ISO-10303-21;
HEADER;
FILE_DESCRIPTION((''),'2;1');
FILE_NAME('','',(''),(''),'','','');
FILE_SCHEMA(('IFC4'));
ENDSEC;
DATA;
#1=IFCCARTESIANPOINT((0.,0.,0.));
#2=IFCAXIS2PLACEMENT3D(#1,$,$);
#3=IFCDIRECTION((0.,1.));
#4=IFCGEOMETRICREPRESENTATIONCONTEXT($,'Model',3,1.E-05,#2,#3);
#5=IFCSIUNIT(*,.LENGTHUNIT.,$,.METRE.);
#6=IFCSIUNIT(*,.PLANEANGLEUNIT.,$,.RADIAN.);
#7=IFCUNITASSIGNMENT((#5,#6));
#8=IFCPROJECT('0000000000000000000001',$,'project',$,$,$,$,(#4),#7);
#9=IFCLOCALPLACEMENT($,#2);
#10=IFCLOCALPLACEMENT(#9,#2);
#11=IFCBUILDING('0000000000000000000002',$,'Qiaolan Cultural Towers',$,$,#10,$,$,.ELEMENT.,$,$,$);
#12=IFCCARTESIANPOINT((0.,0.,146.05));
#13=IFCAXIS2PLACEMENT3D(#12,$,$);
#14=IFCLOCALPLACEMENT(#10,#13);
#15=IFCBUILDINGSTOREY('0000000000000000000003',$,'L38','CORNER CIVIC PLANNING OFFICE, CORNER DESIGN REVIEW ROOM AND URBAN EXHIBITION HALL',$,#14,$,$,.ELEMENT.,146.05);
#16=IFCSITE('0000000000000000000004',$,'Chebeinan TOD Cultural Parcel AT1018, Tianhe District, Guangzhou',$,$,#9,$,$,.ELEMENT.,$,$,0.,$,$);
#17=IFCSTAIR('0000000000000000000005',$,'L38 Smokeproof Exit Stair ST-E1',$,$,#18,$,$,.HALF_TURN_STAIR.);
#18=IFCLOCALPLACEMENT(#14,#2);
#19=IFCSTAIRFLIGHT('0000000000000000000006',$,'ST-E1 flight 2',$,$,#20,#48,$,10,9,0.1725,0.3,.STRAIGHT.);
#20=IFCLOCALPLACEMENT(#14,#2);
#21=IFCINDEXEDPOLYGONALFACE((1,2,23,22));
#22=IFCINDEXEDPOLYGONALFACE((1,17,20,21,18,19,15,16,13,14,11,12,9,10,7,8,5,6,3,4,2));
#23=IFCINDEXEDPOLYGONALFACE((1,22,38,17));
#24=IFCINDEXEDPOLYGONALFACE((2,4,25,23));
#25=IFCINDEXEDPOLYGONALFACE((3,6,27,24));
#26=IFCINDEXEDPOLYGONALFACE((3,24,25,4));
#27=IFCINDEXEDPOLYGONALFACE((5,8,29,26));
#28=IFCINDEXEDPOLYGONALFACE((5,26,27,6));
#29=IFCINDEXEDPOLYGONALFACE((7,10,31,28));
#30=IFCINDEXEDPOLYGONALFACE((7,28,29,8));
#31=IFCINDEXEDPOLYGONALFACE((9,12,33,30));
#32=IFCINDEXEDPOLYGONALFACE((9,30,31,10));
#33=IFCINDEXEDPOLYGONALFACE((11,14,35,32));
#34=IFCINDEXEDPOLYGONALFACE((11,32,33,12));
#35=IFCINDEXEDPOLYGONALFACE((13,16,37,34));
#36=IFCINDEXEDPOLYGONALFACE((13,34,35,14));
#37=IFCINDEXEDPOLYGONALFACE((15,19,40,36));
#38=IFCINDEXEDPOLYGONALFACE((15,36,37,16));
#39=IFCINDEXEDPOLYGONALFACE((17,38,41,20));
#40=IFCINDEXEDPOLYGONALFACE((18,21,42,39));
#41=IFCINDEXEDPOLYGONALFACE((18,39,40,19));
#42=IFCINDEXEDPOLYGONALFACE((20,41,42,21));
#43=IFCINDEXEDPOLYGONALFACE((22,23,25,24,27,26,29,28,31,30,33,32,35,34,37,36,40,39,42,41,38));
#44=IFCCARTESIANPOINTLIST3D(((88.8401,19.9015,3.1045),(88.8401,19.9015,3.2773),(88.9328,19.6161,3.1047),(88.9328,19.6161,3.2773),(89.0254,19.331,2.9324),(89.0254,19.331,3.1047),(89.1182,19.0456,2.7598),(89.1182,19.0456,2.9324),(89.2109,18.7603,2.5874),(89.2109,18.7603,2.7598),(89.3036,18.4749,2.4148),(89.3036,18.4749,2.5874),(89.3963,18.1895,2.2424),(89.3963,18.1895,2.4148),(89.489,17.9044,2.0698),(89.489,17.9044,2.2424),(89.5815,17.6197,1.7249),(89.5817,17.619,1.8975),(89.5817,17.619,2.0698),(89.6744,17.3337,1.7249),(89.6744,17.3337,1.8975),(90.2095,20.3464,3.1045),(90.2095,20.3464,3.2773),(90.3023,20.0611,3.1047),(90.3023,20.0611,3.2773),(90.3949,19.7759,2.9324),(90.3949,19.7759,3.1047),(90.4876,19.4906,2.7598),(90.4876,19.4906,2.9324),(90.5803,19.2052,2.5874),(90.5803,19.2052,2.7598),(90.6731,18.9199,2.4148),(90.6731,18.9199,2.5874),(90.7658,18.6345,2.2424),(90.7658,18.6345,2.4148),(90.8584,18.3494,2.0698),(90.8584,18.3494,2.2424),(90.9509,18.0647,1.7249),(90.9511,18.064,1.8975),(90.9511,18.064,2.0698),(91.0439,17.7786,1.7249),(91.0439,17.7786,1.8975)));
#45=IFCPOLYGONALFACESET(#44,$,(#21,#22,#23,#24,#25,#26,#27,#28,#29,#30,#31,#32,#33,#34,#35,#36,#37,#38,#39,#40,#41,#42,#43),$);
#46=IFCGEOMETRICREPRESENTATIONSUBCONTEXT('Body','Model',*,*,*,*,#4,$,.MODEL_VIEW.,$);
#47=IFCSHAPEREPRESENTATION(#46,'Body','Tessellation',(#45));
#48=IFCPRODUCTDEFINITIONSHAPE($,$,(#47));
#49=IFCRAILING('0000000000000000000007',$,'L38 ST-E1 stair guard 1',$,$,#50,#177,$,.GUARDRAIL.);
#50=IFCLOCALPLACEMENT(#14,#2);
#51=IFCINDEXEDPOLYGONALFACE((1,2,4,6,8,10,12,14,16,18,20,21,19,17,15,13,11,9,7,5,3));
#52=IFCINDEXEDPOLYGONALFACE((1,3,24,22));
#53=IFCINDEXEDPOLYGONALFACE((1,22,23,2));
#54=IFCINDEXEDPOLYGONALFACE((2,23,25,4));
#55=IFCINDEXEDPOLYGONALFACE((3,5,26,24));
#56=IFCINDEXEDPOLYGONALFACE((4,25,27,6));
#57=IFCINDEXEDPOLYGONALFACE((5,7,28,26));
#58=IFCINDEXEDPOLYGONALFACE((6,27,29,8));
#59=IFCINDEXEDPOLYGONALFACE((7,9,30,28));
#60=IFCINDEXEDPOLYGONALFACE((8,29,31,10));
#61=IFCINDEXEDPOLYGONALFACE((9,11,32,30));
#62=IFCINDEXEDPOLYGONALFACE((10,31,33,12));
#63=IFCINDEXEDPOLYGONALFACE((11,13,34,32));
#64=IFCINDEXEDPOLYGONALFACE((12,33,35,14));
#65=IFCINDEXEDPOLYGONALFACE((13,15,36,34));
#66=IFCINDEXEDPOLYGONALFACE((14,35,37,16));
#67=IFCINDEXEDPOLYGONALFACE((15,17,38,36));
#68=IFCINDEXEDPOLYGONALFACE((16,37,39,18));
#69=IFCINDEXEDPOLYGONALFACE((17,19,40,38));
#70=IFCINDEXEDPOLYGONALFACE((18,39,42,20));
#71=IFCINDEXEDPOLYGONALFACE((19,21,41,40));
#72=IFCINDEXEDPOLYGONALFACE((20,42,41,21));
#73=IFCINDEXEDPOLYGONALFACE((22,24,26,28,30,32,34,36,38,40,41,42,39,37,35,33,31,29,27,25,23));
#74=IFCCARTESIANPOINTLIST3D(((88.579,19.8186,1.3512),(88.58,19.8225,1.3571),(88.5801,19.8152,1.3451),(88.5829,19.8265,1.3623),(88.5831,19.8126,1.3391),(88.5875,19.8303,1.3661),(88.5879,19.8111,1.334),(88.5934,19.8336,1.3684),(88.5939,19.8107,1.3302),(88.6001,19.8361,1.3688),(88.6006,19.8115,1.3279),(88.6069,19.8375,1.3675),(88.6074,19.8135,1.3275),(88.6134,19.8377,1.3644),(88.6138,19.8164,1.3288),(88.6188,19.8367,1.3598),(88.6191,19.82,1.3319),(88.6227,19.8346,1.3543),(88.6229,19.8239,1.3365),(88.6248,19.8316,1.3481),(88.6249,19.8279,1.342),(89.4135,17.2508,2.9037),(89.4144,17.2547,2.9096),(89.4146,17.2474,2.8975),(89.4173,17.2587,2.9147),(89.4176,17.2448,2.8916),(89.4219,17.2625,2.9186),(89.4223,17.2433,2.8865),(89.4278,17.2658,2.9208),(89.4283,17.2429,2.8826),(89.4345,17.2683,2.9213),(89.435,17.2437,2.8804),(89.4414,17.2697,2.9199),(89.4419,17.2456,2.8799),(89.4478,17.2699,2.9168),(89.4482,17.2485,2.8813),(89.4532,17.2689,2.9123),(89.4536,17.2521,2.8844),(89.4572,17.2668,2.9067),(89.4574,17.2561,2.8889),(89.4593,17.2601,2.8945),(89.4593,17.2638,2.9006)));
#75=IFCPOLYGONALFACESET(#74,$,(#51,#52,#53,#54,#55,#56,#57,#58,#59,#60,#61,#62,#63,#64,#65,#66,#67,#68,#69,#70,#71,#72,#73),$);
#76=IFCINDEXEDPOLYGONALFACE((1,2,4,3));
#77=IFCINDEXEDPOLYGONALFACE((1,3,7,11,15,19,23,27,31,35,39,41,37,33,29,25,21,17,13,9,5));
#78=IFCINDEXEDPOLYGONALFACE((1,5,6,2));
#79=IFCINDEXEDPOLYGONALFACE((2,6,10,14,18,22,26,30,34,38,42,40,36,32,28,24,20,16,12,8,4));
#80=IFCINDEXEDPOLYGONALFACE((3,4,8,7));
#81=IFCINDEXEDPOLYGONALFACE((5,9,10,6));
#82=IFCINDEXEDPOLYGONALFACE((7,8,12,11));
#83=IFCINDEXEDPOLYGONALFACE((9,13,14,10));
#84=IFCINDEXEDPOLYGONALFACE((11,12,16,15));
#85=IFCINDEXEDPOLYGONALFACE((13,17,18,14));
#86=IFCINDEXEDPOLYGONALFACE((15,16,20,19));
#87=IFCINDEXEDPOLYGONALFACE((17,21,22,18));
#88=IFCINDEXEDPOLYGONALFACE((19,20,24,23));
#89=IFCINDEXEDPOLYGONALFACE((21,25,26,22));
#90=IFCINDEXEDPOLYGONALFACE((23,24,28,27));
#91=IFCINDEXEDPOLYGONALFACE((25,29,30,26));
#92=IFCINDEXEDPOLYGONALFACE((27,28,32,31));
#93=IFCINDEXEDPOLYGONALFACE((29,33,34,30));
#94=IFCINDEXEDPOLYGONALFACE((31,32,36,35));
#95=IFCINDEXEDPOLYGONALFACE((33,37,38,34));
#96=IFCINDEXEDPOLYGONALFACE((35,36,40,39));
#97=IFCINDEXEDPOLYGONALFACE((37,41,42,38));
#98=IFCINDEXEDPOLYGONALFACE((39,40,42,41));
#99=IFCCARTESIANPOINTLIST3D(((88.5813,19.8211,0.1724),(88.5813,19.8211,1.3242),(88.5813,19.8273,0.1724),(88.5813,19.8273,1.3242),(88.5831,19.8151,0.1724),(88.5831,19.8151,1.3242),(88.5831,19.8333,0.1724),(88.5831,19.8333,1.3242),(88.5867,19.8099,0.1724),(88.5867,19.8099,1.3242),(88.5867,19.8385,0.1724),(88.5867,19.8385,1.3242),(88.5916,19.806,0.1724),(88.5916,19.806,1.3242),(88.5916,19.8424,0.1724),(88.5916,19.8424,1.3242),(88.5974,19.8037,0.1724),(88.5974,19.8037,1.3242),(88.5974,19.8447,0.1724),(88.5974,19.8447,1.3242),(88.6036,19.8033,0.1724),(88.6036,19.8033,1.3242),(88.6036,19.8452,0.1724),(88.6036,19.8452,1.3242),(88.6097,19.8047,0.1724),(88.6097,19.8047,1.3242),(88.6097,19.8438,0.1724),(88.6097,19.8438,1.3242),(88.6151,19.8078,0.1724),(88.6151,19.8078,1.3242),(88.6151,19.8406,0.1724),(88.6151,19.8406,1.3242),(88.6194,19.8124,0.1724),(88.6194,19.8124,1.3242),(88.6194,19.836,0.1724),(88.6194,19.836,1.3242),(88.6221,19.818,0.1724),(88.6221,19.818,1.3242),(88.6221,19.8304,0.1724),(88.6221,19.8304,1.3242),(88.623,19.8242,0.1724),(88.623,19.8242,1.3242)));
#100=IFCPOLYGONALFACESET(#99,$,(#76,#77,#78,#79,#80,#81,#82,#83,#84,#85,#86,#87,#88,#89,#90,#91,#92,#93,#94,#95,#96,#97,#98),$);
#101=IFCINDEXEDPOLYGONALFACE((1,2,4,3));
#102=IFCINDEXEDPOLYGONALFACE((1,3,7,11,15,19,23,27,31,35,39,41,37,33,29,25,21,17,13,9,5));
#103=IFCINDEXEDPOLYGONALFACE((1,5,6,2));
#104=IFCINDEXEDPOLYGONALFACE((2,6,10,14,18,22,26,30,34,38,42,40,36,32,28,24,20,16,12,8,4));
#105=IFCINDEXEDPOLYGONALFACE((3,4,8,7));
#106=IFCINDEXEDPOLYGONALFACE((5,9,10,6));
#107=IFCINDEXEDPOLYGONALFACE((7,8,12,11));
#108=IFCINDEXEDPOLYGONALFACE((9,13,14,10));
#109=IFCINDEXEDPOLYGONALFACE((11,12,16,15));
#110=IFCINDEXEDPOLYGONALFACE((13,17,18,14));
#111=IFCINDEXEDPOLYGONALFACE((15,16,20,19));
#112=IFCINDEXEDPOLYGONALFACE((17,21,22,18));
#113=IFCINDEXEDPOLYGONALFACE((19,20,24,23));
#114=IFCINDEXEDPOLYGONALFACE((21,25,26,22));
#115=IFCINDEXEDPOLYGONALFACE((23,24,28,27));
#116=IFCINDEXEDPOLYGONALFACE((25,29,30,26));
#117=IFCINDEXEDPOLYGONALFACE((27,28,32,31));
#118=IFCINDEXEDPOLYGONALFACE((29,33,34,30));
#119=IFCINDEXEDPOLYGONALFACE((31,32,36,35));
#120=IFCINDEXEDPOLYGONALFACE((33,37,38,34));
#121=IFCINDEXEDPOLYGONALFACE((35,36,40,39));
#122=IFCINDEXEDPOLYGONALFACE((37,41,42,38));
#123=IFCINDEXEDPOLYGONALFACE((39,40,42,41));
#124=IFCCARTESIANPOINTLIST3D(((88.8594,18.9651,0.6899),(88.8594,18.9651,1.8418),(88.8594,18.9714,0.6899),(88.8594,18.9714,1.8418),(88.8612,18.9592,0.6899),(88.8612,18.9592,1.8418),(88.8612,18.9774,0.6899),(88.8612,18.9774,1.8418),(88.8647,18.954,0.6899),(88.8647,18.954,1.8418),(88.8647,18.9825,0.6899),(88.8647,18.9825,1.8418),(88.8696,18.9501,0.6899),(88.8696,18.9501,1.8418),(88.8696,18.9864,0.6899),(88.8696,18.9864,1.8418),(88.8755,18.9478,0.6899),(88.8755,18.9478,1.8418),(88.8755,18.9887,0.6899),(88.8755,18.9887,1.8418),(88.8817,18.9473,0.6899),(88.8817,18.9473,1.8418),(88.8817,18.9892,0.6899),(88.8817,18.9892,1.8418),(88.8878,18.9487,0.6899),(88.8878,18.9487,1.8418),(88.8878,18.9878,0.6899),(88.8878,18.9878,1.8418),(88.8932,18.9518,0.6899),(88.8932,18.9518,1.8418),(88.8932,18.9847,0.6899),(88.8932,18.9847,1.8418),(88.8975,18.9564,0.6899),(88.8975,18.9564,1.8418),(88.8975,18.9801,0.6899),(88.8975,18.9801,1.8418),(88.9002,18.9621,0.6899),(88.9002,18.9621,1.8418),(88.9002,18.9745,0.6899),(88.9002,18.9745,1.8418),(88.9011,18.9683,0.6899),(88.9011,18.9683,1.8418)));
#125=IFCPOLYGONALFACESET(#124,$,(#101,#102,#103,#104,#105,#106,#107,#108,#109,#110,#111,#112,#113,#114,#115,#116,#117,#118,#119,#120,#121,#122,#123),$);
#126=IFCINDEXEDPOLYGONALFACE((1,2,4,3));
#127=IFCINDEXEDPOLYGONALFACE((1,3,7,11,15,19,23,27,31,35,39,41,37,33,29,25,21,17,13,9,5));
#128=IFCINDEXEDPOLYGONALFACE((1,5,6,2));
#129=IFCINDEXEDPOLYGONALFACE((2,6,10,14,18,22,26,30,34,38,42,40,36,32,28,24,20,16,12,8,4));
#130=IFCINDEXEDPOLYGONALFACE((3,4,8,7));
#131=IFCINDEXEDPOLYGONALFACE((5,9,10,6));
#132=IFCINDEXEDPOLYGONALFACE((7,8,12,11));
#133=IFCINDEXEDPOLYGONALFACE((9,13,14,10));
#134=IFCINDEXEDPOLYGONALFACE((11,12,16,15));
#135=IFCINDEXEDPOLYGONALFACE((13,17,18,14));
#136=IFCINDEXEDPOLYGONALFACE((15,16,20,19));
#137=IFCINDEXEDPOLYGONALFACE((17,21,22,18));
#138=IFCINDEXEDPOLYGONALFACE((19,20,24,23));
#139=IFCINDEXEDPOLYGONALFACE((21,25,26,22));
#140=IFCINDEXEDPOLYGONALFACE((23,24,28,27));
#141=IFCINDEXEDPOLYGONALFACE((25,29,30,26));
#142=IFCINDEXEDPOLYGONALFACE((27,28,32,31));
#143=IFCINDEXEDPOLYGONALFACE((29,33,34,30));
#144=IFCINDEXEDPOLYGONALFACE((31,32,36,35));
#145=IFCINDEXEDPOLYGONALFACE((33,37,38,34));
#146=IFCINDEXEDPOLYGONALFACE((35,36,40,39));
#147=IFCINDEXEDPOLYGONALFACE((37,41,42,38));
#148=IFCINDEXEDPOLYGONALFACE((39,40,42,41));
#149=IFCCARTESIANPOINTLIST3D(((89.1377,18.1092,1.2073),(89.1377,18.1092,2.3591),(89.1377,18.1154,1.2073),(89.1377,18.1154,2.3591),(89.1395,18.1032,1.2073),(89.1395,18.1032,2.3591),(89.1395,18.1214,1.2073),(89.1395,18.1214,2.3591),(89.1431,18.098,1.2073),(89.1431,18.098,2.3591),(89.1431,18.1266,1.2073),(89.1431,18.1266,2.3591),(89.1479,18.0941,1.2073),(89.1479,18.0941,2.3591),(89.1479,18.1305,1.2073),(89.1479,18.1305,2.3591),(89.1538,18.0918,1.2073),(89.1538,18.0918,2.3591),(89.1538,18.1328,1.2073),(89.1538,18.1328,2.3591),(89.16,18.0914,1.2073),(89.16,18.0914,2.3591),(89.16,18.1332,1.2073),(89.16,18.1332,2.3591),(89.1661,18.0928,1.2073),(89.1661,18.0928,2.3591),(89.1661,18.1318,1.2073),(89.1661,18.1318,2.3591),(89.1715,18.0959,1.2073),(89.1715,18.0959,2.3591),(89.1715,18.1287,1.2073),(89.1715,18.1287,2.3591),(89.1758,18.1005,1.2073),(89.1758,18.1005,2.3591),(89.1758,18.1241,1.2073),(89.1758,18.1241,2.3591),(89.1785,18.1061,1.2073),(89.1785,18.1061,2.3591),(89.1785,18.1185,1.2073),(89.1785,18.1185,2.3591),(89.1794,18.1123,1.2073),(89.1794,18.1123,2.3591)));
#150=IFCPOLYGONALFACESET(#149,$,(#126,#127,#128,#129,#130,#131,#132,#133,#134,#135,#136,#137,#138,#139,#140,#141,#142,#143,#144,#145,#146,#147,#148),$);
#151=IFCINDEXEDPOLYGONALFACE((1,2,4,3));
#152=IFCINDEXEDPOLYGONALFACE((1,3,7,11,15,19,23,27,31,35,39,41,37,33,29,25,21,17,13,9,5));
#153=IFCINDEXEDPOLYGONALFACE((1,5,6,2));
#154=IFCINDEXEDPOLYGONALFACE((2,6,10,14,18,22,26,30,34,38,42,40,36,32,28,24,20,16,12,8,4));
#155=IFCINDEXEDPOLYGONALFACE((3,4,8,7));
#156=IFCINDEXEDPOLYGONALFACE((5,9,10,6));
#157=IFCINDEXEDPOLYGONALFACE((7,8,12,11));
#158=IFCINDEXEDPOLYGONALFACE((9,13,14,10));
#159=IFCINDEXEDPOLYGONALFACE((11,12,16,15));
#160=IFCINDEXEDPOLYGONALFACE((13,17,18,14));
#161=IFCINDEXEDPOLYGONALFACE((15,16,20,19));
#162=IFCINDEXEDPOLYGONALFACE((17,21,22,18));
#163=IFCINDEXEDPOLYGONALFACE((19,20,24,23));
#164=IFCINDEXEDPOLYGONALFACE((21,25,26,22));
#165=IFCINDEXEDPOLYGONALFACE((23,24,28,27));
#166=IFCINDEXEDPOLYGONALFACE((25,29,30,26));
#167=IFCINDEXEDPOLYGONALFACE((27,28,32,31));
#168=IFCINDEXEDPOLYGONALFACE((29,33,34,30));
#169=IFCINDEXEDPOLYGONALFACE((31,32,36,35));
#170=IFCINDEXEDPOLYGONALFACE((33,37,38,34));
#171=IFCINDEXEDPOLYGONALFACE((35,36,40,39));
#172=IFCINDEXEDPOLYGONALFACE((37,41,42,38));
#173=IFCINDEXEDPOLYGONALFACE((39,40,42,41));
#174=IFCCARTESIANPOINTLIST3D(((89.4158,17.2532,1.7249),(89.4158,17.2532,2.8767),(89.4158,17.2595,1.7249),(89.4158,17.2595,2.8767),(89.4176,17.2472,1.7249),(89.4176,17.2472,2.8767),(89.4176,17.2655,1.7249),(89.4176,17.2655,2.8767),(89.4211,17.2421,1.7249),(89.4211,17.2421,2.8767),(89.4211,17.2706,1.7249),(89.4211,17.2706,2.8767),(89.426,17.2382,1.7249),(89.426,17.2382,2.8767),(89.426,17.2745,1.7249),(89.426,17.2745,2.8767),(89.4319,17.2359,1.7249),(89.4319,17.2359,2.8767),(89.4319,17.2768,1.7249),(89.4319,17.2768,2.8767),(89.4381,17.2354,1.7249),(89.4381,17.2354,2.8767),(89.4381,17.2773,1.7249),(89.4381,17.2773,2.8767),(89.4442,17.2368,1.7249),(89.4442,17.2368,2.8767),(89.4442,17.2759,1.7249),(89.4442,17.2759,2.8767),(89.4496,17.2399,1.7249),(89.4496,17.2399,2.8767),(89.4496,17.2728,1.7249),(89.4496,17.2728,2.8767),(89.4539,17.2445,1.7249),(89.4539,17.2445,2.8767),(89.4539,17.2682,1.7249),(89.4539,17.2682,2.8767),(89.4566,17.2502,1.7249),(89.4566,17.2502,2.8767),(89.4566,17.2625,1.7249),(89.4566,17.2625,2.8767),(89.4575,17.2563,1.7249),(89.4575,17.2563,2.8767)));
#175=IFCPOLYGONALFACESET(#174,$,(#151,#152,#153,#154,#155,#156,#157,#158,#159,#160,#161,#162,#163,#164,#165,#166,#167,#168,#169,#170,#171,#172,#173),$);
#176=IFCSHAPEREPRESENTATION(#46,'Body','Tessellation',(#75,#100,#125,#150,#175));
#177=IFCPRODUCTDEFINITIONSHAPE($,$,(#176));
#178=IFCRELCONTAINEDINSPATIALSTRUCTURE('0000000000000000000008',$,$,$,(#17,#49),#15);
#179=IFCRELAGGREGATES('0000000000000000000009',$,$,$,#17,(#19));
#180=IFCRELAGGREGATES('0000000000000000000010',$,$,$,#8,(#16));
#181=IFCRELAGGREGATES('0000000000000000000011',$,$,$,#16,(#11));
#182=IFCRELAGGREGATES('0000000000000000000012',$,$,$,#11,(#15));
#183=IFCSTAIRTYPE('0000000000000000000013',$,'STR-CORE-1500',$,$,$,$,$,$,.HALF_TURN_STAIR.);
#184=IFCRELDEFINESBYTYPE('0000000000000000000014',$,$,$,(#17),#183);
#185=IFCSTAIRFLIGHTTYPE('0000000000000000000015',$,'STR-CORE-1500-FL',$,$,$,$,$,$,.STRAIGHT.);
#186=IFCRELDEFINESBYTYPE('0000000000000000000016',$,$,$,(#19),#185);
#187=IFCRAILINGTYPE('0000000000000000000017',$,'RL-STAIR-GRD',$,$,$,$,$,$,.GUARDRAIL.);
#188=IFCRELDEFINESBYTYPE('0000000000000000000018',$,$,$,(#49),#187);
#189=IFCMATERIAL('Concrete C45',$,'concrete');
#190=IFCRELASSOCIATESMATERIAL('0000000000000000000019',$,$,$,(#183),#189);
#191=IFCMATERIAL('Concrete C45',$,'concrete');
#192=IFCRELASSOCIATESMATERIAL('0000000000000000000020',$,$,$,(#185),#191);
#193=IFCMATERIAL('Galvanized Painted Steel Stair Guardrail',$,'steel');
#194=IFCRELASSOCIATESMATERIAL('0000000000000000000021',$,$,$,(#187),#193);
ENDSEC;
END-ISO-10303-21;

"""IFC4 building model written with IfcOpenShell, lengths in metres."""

from ifc_helpers import new_model, si_unit, direction, frame, origin, origin_2d, place, context, subcontext, project, spatial, polyline, circle, outline, extrude, material, type_object, element, aggregate, save


model = new_model("IFC4")

# Units and contexts
model_context = context("Model", 3, precision=1e-05, world=origin(), true_north=direction((0.0, 1.0)))
body_context = subcontext(model_context, "Body", "Model", "MODEL_VIEW")
ifc_project = project(units=[si_unit("LENGTHUNIT", "METRE"), si_unit("PLANEANGLEUNIT", "RADIAN")], contexts=[model_context])

# Site, building, storey
site_placement = place(None, origin())
site = spatial("IfcSite", under=ifc_project, at=site_placement, Name="Chebeinan TOD Cultural Parcel AT1018, Tianhe District, Guangzhou", CompositionType="ELEMENT", RefElevation=0.0)
building_placement = place(site_placement, origin())
building = spatial("IfcBuilding", under=site, at=building_placement, Name="Qiaolan Cultural Towers", CompositionType="ELEMENT")
storey_placement = place(building_placement, frame((0.0, 0.0, 146.05)))
storey = spatial("IfcBuildingStorey", under=building, at=storey_placement, Name="L38", Description="CORNER CIVIC PLANNING OFFICE, CORNER DESIGN REVIEW ROOM AND URBAN EXHIBITION HALL", CompositionType="ELEMENT", Elevation=146.05)

# Stair, stair flight
ifc_material_1 = material(Name="Concrete C45", Category="concrete")
stair_type = type_object("IfcStairType", Name="STR-CORE-1500", PredefinedType="HALF_TURN_STAIR", material=ifc_material_1)
stair_placement = place(storey_placement, origin())
stair = element("IfcStair", 1, at=stair_placement, inside=storey, type_object=stair_type, Name="L38 Smokeproof Exit Stair ST-E1", PredefinedType="HALF_TURN_STAIR")
ifc_material_2 = material(Name="Concrete C45", Category="concrete")
stair_flight_type = type_object("IfcStairFlightType", Name="STR-CORE-1500-FL", PredefinedType="STRAIGHT", material=ifc_material_2)
stair_flight_1_placement = place(storey_placement, frame((90.3591, 17.5562, 1.7249), z_axis=(0.0, 0.0, 1.0), x_axis=(-0.309017, 0.951057, 0.0)))
stair_flight_1 = element("IfcStairFlight", 2, at=stair_flight_1_placement, type_object=stair_flight_type, Name="ST-E1 flight 2", NumberOfRisers=10, NumberOfTreads=9, PredefinedType="STRAIGHT", RiserHeight=0.1725, TreadLength=0.3, context=body_context, shape_type="SweptSolid", body=[
    extrude(outline(polyline([(0.0, 0.0), (0.0, 0.1726), (0.3, 0.1726), (0.3, 0.345), (0.6001, 0.345), (0.6001, 0.5176), (0.8999, 0.5176), (0.8999, 0.6899), (1.2, 0.6899), (1.2, 0.8625), (1.5, 0.8625), (1.5, 1.0349), (1.8, 1.0349), (1.8, 1.2075), (2.1001, 1.2075), (2.1001, 1.3799), (2.3999, 1.3799), (2.3999, 1.5525), (2.7, 1.5525), (2.7, 1.7251), (2.7, 1.3796), (0.3008, 0.0), (0.0, 0.0)])), frame((0.0, 0.72, 0.0), z_axis=(0.0, -1.0, 0.0), x_axis=(1.0, 0.0, 0.0)), (0.0, 0.0, 1.0), 1.4399),
])
aggregate(stair, [stair_flight_1])

# Railing
ifc_material_3 = material(Name="Galvanized Painted Steel Stair Guardrail", Category="steel")
railing_type_1 = type_object("IfcRailingType", Name="RL-STAIR-GRD", PredefinedType="GUARDRAIL", material=ifc_material_3)
railing_1_placement = place(storey_placement, frame((88.6021, 19.8242, 0.1724)))
element("IfcRailing", 3, at=railing_1_placement, inside=storey, type_object=railing_type_1, Name="L38 ST-E1 stair guard 1", PredefinedType="GUARDRAIL", context=body_context, shape_type="SweptSolid", body=[
    extrude(circle(Radius=0.0239, at=origin_2d()), frame((0.0, 0.0, 1.1758), z_axis=(0.267926, -0.824471, 0.498461), x_axis=(0.951043, 0.309057, 0.0)), (0.0, 0.0, 1.0), 3.1145),
    extrude(circle(Radius=0.021, at=origin_2d()), origin(), (0.0, 0.0, 1.0), 1.1519),
    extrude(circle(Radius=0.021, at=origin_2d()), frame((0.2781, -0.856, 0.5176)), (0.0, 0.0, 1.0), 1.1519),
    extrude(circle(Radius=0.021, at=origin_2d()), frame((0.5564, -1.7119, 1.0349)), (0.0, 0.0, 1.0), 1.1519),
    extrude(circle(Radius=0.021, at=origin_2d()), frame((0.8345, -2.5679, 1.5525)), (0.0, 0.0, 1.0), 1.1519),
])

save(model, "model.ifc")
